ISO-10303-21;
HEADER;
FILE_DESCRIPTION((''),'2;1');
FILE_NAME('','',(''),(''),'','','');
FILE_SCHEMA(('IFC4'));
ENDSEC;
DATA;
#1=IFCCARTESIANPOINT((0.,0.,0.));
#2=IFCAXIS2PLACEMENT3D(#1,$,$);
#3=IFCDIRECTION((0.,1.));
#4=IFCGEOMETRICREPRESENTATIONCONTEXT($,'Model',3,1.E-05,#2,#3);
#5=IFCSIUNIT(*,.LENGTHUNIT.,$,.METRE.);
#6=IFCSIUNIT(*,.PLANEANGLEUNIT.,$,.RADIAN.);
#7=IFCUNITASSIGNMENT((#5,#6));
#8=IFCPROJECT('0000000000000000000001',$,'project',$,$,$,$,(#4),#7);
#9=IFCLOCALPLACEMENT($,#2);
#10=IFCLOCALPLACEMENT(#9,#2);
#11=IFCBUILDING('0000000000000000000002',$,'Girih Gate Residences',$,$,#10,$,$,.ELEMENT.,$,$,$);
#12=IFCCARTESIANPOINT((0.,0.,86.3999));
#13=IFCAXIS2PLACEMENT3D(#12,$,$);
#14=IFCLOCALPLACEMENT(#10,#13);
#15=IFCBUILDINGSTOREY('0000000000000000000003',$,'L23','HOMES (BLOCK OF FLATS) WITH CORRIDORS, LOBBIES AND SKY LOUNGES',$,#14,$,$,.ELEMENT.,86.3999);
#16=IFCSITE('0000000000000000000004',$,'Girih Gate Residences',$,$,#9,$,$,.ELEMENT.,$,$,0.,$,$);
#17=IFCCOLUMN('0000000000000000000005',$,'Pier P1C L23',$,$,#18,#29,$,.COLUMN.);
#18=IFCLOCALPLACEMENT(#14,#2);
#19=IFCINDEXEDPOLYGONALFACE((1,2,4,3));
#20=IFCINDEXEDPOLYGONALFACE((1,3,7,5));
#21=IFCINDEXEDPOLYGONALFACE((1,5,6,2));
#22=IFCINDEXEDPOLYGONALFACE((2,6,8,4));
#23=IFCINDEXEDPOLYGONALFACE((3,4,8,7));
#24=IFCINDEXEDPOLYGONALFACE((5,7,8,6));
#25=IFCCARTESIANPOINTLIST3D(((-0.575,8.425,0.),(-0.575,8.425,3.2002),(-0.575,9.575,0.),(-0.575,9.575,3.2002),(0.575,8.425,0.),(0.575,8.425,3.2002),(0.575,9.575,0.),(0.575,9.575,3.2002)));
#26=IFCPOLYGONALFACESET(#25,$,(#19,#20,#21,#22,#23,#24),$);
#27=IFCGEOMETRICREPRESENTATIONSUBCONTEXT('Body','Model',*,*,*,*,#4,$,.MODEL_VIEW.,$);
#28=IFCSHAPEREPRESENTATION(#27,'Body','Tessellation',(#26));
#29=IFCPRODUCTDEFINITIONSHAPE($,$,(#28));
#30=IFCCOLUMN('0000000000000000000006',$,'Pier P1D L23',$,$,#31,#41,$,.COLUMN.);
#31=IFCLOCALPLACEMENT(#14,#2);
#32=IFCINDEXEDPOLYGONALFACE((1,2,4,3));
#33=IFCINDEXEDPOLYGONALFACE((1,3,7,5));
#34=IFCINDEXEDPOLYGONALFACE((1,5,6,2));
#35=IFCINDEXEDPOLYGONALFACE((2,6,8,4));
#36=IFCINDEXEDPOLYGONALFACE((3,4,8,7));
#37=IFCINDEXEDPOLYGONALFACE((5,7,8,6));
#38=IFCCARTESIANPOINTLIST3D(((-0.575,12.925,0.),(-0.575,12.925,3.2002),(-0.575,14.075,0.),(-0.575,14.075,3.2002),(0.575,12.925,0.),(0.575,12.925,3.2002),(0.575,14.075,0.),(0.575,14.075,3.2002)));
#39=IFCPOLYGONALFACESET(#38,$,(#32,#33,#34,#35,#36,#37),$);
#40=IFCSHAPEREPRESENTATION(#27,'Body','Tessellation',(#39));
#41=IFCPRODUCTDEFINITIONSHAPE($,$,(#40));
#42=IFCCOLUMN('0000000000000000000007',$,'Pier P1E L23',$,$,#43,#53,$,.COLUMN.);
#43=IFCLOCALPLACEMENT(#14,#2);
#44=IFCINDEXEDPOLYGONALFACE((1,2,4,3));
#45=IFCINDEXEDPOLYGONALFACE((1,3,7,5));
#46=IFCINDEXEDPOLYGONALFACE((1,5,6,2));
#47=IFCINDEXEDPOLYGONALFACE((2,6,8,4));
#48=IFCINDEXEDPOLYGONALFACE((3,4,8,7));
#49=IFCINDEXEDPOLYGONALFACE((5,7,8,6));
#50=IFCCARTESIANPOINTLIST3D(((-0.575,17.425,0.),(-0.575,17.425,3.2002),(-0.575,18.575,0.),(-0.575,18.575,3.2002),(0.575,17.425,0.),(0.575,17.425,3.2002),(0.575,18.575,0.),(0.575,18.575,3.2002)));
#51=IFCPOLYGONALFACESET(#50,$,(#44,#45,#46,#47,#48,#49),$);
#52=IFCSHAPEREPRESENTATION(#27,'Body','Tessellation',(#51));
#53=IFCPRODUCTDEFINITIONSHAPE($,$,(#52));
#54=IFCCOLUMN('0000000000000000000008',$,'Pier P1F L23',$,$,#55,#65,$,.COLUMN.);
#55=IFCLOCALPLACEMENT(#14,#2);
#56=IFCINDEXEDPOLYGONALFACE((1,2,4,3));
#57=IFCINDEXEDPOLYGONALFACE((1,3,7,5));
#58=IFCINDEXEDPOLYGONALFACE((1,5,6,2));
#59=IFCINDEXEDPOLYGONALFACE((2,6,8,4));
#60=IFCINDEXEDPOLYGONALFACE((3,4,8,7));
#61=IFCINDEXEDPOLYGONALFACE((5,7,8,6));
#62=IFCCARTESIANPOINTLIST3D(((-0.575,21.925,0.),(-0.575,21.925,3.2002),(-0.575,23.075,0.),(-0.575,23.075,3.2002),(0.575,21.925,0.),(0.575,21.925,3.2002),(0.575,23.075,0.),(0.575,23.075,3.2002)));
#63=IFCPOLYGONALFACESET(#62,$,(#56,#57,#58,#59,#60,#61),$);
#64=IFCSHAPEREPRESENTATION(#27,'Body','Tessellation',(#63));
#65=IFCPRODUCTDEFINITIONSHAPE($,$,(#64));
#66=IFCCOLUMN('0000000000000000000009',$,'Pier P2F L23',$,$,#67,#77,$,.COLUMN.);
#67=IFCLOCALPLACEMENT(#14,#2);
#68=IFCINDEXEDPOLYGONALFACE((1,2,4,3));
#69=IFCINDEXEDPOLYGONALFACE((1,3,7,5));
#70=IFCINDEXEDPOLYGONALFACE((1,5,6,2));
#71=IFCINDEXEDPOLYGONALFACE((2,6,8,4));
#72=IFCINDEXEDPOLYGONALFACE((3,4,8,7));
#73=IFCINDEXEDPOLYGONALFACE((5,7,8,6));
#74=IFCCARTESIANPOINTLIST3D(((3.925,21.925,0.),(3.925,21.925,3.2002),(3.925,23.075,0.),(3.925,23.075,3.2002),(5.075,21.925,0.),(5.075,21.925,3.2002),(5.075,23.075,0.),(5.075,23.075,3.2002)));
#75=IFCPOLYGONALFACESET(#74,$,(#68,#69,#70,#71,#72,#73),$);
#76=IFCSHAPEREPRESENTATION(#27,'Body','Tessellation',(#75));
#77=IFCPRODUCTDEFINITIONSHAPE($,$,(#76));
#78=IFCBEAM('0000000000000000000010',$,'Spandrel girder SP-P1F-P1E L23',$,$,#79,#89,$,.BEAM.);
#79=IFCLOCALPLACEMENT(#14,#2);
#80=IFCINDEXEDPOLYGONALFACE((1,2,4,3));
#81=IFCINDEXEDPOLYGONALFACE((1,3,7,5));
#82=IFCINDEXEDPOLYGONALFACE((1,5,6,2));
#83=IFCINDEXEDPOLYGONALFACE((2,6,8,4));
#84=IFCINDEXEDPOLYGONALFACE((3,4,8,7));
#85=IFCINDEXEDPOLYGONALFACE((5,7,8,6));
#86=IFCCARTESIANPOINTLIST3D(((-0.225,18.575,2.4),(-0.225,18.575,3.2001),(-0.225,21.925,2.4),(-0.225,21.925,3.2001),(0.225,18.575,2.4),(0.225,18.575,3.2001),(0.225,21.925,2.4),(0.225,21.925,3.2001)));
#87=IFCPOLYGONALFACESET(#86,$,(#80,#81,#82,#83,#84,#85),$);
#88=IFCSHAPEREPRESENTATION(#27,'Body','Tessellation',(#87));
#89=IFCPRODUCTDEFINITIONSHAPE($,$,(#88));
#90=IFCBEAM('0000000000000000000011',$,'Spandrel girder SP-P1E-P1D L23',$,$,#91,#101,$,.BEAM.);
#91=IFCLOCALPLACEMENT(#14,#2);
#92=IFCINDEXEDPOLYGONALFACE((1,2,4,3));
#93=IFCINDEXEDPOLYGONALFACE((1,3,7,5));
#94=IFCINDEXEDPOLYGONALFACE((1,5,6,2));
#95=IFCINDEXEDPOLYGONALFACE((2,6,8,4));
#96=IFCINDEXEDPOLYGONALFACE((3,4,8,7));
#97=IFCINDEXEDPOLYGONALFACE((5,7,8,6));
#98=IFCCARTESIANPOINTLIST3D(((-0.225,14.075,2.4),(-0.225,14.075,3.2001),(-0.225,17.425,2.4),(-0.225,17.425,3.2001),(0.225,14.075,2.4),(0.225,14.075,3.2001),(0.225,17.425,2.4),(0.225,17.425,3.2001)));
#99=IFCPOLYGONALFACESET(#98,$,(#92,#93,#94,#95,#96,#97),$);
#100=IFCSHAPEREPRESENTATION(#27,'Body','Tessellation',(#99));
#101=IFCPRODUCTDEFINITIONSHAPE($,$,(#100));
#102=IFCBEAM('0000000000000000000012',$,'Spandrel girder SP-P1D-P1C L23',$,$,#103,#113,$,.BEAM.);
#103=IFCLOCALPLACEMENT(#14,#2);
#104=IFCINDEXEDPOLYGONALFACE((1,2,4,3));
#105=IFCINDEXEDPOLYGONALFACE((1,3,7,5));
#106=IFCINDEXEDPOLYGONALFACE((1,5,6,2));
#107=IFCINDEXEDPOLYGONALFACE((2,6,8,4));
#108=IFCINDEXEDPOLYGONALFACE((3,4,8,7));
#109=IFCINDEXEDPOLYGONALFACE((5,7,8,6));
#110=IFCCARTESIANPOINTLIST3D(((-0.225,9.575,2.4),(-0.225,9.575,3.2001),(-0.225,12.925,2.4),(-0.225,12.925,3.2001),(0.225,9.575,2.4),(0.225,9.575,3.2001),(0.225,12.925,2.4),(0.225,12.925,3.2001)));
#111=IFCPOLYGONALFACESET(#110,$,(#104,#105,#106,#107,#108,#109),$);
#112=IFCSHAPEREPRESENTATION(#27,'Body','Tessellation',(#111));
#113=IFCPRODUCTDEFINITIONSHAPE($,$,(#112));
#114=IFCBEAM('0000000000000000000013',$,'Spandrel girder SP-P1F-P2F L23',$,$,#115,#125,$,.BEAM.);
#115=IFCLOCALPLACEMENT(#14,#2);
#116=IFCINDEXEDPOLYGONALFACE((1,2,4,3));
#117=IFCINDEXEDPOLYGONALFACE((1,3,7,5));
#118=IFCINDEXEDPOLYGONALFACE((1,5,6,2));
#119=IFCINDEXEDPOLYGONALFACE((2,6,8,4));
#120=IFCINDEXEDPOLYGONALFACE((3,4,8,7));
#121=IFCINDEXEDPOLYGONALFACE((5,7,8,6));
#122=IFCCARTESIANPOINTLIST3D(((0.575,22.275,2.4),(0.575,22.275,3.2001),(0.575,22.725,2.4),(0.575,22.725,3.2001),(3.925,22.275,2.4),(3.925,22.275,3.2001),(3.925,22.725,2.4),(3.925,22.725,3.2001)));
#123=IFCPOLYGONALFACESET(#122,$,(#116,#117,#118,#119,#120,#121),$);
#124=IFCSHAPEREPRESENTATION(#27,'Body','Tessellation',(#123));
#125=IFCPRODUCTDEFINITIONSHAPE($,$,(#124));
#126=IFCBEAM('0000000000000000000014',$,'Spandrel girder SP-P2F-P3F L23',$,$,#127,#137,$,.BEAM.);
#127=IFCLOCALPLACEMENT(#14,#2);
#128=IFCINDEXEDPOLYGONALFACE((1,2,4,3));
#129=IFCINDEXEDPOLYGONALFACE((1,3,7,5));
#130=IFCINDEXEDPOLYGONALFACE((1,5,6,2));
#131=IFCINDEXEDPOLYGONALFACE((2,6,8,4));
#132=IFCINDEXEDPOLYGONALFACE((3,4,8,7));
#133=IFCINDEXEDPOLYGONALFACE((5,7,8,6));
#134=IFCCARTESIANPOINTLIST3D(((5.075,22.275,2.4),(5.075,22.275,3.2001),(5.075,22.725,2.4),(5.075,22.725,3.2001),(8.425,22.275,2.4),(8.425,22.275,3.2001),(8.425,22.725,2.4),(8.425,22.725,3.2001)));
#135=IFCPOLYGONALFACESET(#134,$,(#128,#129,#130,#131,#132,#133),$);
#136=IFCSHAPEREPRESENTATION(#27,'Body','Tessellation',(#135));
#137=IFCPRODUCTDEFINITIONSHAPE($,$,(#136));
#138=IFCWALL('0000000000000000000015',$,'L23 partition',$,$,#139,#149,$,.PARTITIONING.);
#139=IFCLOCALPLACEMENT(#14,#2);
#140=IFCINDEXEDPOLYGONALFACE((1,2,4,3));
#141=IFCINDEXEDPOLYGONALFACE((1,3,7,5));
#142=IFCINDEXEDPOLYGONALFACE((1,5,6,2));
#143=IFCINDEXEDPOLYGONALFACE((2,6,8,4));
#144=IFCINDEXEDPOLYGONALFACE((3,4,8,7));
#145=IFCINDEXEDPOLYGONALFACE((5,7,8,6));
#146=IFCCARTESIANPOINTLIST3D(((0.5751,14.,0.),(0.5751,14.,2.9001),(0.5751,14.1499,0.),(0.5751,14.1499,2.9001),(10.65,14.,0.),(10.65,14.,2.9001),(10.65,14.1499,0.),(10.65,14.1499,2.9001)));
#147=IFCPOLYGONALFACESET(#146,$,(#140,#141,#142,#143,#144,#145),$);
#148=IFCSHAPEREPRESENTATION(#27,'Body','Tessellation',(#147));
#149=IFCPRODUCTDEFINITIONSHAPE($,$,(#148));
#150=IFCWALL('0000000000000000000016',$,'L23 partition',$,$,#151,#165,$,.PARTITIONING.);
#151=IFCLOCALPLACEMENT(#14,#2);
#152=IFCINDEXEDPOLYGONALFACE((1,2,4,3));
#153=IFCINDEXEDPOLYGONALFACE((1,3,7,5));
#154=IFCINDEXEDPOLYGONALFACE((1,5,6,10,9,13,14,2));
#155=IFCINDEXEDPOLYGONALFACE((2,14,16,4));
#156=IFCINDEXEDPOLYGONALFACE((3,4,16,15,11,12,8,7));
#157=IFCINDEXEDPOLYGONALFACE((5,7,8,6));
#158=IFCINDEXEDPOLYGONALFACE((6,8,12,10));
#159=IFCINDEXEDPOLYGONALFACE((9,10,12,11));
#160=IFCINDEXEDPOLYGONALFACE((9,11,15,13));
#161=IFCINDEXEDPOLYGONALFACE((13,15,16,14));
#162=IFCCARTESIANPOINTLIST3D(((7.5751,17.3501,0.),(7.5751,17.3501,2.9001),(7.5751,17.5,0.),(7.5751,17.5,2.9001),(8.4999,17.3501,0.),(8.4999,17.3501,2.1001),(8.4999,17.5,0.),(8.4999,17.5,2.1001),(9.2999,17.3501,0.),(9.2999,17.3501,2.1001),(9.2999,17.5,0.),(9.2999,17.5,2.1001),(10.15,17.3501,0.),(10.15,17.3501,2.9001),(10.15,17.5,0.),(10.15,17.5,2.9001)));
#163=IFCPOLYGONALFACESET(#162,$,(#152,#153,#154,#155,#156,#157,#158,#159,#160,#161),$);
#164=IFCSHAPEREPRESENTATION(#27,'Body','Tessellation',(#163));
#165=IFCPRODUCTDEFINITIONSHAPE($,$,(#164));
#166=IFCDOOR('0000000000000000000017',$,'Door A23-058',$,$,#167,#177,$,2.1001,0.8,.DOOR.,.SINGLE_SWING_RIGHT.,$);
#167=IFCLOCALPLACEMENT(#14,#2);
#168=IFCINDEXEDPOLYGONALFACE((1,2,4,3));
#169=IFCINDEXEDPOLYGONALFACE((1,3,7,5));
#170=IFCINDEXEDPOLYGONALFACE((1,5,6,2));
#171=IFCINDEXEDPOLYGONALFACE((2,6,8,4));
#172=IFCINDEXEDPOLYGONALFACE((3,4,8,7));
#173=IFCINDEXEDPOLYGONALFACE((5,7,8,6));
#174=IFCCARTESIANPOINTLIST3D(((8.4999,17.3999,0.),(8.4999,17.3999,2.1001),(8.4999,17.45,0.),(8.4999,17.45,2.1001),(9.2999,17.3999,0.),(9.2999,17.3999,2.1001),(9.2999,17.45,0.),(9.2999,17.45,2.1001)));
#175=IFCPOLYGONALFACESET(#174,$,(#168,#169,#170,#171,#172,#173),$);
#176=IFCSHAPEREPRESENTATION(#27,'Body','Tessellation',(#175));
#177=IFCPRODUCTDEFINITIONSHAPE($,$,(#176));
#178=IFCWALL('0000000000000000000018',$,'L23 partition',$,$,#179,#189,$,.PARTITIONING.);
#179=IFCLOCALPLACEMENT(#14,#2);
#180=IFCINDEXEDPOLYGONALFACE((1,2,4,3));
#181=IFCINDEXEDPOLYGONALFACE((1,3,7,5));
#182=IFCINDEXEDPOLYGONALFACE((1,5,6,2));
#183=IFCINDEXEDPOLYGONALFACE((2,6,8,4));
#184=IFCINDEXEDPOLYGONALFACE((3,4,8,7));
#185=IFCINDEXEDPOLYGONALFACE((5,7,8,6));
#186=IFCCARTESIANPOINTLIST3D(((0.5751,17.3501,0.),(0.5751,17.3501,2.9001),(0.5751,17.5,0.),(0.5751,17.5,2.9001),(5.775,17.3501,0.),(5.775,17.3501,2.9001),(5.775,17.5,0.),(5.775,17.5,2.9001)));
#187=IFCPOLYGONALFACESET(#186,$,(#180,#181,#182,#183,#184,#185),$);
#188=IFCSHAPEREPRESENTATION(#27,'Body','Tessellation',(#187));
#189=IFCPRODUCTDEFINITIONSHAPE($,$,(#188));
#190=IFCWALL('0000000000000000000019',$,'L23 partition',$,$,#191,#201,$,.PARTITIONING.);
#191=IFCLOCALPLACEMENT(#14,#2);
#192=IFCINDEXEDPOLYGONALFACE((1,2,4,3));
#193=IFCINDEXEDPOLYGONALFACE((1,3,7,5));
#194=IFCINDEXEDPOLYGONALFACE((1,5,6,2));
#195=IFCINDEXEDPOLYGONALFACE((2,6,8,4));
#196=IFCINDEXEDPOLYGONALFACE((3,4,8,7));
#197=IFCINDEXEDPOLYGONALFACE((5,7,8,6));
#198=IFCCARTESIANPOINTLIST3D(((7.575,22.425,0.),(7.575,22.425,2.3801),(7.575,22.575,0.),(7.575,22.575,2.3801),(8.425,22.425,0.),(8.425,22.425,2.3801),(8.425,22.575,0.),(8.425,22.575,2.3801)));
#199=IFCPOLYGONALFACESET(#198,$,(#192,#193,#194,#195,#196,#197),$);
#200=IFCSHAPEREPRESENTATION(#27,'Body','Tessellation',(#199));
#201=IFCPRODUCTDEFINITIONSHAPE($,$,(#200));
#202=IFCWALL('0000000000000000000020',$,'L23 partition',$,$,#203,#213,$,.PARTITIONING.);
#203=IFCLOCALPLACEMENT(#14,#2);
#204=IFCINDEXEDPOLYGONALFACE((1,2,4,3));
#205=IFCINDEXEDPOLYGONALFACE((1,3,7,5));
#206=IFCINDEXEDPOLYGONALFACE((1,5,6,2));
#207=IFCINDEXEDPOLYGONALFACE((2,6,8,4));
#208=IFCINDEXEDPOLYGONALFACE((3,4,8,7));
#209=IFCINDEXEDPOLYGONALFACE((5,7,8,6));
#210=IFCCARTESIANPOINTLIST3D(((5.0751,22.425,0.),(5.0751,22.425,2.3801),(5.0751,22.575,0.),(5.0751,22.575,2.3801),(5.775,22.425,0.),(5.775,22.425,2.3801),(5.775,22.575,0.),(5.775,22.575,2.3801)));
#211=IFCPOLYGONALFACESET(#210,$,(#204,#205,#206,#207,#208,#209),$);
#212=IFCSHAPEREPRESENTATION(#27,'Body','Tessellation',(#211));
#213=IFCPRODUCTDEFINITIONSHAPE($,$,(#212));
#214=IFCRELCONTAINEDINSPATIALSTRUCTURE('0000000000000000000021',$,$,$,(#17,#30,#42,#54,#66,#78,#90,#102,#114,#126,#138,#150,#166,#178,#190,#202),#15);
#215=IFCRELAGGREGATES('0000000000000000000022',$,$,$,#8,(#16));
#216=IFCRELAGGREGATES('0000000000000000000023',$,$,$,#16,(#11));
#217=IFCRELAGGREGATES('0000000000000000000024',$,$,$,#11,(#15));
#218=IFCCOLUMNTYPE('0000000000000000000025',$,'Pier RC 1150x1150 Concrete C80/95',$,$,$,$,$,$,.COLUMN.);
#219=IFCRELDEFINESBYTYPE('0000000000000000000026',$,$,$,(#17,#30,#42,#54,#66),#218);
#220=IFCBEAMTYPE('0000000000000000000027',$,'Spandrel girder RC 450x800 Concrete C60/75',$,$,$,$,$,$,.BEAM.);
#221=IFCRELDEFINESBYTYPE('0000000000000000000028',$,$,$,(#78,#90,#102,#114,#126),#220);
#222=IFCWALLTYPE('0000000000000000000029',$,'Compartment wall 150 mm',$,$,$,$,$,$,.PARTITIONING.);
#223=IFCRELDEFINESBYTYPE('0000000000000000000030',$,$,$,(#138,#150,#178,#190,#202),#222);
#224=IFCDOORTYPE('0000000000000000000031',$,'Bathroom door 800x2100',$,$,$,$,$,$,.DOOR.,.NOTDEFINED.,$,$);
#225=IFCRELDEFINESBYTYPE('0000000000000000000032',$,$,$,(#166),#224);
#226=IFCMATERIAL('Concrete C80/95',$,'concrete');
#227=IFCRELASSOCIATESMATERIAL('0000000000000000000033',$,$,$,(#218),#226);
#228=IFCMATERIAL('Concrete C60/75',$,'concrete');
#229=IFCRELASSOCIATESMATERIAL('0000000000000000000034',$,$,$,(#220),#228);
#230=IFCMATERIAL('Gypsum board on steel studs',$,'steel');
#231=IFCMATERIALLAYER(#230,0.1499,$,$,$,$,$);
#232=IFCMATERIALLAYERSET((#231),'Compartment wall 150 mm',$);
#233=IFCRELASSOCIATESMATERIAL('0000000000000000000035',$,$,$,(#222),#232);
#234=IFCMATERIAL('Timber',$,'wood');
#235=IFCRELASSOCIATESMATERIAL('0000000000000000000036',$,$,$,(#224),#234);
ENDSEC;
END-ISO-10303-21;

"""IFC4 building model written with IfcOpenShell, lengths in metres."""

from ifc_helpers import new_model, si_unit, direction, frame, frame_2d, origin, origin_2d, place, context, subcontext, project, spatial, rectangle, extrude, material, layer, layer_set, material_profile, profile_set, type_object, element, fill, save


model = new_model("IFC4")

# Units and contexts
model_context = context("Model", 3, precision=1e-05, world=origin(), true_north=direction((0.0, 1.0)))
body_context = subcontext(model_context, "Body", "Model", "MODEL_VIEW")
ifc_project = project(units=[si_unit("LENGTHUNIT", "METRE"), si_unit("PLANEANGLEUNIT", "RADIAN")], contexts=[model_context])

# Site, building, storey
site_placement = place(None, origin())
site = spatial("IfcSite", under=ifc_project, at=site_placement, Name="Girih Gate Residences", CompositionType="ELEMENT", RefElevation=0.0)
building_placement = place(site_placement, origin())
building = spatial("IfcBuilding", under=site, at=building_placement, Name="Girih Gate Residences", CompositionType="ELEMENT")
storey_placement = place(building_placement, frame((0.0, 0.0, 86.3999)))
storey = spatial("IfcBuildingStorey", under=building, at=storey_placement, Name="L23", Description="HOMES (BLOCK OF FLATS) WITH CORRIDORS, LOBBIES AND SKY LOUNGES", CompositionType="ELEMENT", Elevation=86.3999)

# Columns
ifc_material_1 = material(Name="Concrete C80/95", Category="concrete")
ifc_material_profile_1 = material_profile(ifc_material_1, rectangle(XDim=1.1499, YDim=1.1499, at=origin_2d()))
ifc_profile_set_1 = profile_set([ifc_material_profile_1], Name="Concrete C80/95")
column_type = type_object("IfcColumnType", Name="Pier RC 1150x1150 Concrete C80/95", PredefinedType="COLUMN", material=ifc_profile_set_1)
for number, where, z_axis, x_axis, name in (
    (1, (0.0, 9.0, 0.0), (0.0, 0.0, 1.0), (1.0, 0.0, 0.0), "Pier P1C L23"),
    (2, (0.0, 13.5, 0.0), (0.0, 0.0, 1.0), (1.0, 0.0, 0.0), "Pier P1D L23"),
    (3, (0.0, 18.0, 0.0), (0.0, 0.0, 1.0), (1.0, 0.0, 0.0), "Pier P1E L23"),
    (4, (0.0, 22.5, 0.0), (0.0, 0.0, 1.0), (1.0, 0.0, 0.0), "Pier P1F L23"),
    (5, (4.5, 22.5, 0.0), (0.0, 0.0, 1.0), (1.0, 0.0, 0.0), "Pier P2F L23"),
):
    element("IfcColumn", number, at=place(storey_placement, frame(where, z_axis=z_axis, x_axis=x_axis)), inside=storey, type_object=column_type, Name=name, PredefinedType="COLUMN", context=body_context, shape_type="SweptSolid", body=[
        extrude(rectangle(XDim=1.1499, YDim=1.1499, at=origin_2d()), origin(), (0.0, 0.0, 1.0), 3.2002),
    ])

# Beams
ifc_material_2 = material(Name="Concrete C60/75", Category="concrete")
ifc_material_profile_2 = material_profile(ifc_material_2, rectangle(XDim=0.45, YDim=0.8, at=origin_2d()))
ifc_profile_set_2 = profile_set([ifc_material_profile_2], Name="Concrete C60/75")
beam_type = type_object("IfcBeamType", Name="Spandrel girder RC 450x800 Concrete C60/75", PredefinedType="BEAM", material=ifc_profile_set_2)
for number, where, z_axis, x_axis, name in (
    (6, (0.0, 21.925, 2.8), (0.0, -1.0, 0.0), (1.0, 0.0, 0.0), "Spandrel girder SP-P1F-P1E L23"),
    (7, (0.0, 17.425, 2.8), (0.0, -1.0, 0.0), (1.0, 0.0, 0.0), "Spandrel girder SP-P1E-P1D L23"),
    (8, (0.0, 12.925, 2.8), (0.0, -1.0, 0.0), (1.0, 0.0, 0.0), "Spandrel girder SP-P1D-P1C L23"),
    (9, (0.575, 22.5, 2.8), (1.0, 0.0, 0.0), (0.0, 1.0, 0.0), "Spandrel girder SP-P1F-P2F L23"),
    (10, (5.075, 22.5, 2.8), (1.0, 0.0, 0.0), (0.0, 1.0, 0.0), "Spandrel girder SP-P2F-P3F L23"),
):
    element("IfcBeam", number, at=place(storey_placement, frame(where, z_axis=z_axis, x_axis=x_axis)), inside=storey, type_object=beam_type, Name=name, PredefinedType="BEAM", context=body_context, shape_type="SweptSolid", body=[
        extrude(rectangle(XDim=0.45, YDim=0.8, at=origin_2d()), origin(), (0.0, 0.0, 1.0), 3.3501),
    ])

# Wall
ifc_material_3 = material(Name="Gypsum board on steel studs", Category="steel")
ifc_layer_1 = layer(ifc_material_3, 0.1499)
ifc_layer_set_1 = layer_set([ifc_layer_1], Name="Compartment wall 150 mm")
wall_type_1 = type_object("IfcWallType", Name="Compartment wall 150 mm", PredefinedType="PARTITIONING", material=ifc_layer_set_1)
wall_1_placement = place(storey_placement, frame((0.575, 14.075, 0.0), z_axis=(0.0, 0.0, 1.0), x_axis=(1.0, 0.0, 0.0)))
element("IfcWall", 11, at=wall_1_placement, inside=storey, type_object=wall_type_1, Name="L23 partition", PredefinedType="PARTITIONING", context=body_context, shape_type="SweptSolid", body=[
    extrude(rectangle(XDim=10.075, YDim=0.1499, at=frame_2d((5.0376, 0.0))), origin(), (0.0, 0.0, 1.0), 2.9001),
])

# Wall, opening, door
wall_2_placement = place(storey_placement, frame((7.575, 17.425, 0.0), z_axis=(0.0, 0.0, 1.0), x_axis=(1.0, 0.0, 0.0)))
wall_2 = element("IfcWall", 12, at=wall_2_placement, inside=storey, type_object=wall_type_1, Name="L23 partition", PredefinedType="PARTITIONING", context=body_context, shape_type="SweptSolid", body=[
    extrude(rectangle(XDim=2.575, YDim=0.1499, at=frame_2d((1.2876, 0.0))), origin(), (0.0, 0.0, 1.0), 2.9001),
])
opening_1_placement = place(wall_2_placement, frame((0.925, 0.0, 0.0)))
opening_1 = element("IfcOpeningElement", 13, at=opening_1_placement, cuts=wall_2, PredefinedType="OPENING", context=body_context, shape_type="SweptSolid", body=[
    extrude(rectangle(XDim=0.8, YDim=2.1001, at=frame_2d((0.3999, 1.05))), frame((0.0, 0.085, 0.0), z_axis=(0.0, -1.0, 0.0), x_axis=(1.0, 0.0, 0.0)), (0.0, 0.0, 1.0), 0.1699),
])
ifc_material_4 = material(Name="Timber", Category="wood")
door_type_1 = type_object("IfcDoorType", Name="Bathroom door 800x2100", OperationType="NOTDEFINED", PredefinedType="DOOR", material=ifc_material_4)
door_1_placement = place(opening_1_placement, origin())
door_1 = element("IfcDoor", 14, at=door_1_placement, inside=storey, type_object=door_type_1, Name="Door A23-058", OperationType="SINGLE_SWING_RIGHT", OverallHeight=2.1001, OverallWidth=0.8, PredefinedType="DOOR", context=body_context, shape_type="SweptSolid", body=[
    extrude(rectangle(XDim=0.8, YDim=2.1001, at=frame_2d((0.3999, 1.05))), frame((0.0, 0.0249, 0.0), z_axis=(0.0, -1.0, 0.0), x_axis=(1.0, 0.0, 0.0)), (0.0, 0.0, 1.0), 0.05),
])
fill(opening_1, door_1)

# Walls
wall_3_placement = place(storey_placement, frame((0.575, 17.425, 0.0), z_axis=(0.0, 0.0, 1.0), x_axis=(1.0, 0.0, 0.0)))
element("IfcWall", 15, at=wall_3_placement, inside=storey, type_object=wall_type_1, Name="L23 partition", PredefinedType="PARTITIONING", context=body_context, shape_type="SweptSolid", body=[
    extrude(rectangle(XDim=5.2, YDim=0.1499, at=frame_2d((2.6001, 0.0))), origin(), (0.0, 0.0, 1.0), 2.9001),
])
wall_4_placement = place(storey_placement, frame((7.575, 22.5, 0.0), z_axis=(0.0, 0.0, 1.0), x_axis=(1.0, 0.0, 0.0)))
element("IfcWall", 16, at=wall_4_placement, inside=storey, type_object=wall_type_1, Name="L23 partition", PredefinedType="PARTITIONING", context=body_context, shape_type="SweptSolid", body=[
    extrude(rectangle(XDim=0.8501, YDim=0.1499, at=frame_2d((0.425, 0.0))), origin(), (0.0, 0.0, 1.0), 2.3801),
])
wall_5_placement = place(storey_placement, frame((5.075, 22.5, 0.0), z_axis=(0.0, 0.0, 1.0), x_axis=(1.0, 0.0, 0.0)))
element("IfcWall", 17, at=wall_5_placement, inside=storey, type_object=wall_type_1, Name="L23 partition", PredefinedType="PARTITIONING", context=body_context, shape_type="SweptSolid", body=[
    extrude(rectangle(XDim=0.7, YDim=0.1499, at=frame_2d((0.3501, 0.0))), origin(), (0.0, 0.0, 1.0), 2.3801),
])

save(model, "model.ifc")
